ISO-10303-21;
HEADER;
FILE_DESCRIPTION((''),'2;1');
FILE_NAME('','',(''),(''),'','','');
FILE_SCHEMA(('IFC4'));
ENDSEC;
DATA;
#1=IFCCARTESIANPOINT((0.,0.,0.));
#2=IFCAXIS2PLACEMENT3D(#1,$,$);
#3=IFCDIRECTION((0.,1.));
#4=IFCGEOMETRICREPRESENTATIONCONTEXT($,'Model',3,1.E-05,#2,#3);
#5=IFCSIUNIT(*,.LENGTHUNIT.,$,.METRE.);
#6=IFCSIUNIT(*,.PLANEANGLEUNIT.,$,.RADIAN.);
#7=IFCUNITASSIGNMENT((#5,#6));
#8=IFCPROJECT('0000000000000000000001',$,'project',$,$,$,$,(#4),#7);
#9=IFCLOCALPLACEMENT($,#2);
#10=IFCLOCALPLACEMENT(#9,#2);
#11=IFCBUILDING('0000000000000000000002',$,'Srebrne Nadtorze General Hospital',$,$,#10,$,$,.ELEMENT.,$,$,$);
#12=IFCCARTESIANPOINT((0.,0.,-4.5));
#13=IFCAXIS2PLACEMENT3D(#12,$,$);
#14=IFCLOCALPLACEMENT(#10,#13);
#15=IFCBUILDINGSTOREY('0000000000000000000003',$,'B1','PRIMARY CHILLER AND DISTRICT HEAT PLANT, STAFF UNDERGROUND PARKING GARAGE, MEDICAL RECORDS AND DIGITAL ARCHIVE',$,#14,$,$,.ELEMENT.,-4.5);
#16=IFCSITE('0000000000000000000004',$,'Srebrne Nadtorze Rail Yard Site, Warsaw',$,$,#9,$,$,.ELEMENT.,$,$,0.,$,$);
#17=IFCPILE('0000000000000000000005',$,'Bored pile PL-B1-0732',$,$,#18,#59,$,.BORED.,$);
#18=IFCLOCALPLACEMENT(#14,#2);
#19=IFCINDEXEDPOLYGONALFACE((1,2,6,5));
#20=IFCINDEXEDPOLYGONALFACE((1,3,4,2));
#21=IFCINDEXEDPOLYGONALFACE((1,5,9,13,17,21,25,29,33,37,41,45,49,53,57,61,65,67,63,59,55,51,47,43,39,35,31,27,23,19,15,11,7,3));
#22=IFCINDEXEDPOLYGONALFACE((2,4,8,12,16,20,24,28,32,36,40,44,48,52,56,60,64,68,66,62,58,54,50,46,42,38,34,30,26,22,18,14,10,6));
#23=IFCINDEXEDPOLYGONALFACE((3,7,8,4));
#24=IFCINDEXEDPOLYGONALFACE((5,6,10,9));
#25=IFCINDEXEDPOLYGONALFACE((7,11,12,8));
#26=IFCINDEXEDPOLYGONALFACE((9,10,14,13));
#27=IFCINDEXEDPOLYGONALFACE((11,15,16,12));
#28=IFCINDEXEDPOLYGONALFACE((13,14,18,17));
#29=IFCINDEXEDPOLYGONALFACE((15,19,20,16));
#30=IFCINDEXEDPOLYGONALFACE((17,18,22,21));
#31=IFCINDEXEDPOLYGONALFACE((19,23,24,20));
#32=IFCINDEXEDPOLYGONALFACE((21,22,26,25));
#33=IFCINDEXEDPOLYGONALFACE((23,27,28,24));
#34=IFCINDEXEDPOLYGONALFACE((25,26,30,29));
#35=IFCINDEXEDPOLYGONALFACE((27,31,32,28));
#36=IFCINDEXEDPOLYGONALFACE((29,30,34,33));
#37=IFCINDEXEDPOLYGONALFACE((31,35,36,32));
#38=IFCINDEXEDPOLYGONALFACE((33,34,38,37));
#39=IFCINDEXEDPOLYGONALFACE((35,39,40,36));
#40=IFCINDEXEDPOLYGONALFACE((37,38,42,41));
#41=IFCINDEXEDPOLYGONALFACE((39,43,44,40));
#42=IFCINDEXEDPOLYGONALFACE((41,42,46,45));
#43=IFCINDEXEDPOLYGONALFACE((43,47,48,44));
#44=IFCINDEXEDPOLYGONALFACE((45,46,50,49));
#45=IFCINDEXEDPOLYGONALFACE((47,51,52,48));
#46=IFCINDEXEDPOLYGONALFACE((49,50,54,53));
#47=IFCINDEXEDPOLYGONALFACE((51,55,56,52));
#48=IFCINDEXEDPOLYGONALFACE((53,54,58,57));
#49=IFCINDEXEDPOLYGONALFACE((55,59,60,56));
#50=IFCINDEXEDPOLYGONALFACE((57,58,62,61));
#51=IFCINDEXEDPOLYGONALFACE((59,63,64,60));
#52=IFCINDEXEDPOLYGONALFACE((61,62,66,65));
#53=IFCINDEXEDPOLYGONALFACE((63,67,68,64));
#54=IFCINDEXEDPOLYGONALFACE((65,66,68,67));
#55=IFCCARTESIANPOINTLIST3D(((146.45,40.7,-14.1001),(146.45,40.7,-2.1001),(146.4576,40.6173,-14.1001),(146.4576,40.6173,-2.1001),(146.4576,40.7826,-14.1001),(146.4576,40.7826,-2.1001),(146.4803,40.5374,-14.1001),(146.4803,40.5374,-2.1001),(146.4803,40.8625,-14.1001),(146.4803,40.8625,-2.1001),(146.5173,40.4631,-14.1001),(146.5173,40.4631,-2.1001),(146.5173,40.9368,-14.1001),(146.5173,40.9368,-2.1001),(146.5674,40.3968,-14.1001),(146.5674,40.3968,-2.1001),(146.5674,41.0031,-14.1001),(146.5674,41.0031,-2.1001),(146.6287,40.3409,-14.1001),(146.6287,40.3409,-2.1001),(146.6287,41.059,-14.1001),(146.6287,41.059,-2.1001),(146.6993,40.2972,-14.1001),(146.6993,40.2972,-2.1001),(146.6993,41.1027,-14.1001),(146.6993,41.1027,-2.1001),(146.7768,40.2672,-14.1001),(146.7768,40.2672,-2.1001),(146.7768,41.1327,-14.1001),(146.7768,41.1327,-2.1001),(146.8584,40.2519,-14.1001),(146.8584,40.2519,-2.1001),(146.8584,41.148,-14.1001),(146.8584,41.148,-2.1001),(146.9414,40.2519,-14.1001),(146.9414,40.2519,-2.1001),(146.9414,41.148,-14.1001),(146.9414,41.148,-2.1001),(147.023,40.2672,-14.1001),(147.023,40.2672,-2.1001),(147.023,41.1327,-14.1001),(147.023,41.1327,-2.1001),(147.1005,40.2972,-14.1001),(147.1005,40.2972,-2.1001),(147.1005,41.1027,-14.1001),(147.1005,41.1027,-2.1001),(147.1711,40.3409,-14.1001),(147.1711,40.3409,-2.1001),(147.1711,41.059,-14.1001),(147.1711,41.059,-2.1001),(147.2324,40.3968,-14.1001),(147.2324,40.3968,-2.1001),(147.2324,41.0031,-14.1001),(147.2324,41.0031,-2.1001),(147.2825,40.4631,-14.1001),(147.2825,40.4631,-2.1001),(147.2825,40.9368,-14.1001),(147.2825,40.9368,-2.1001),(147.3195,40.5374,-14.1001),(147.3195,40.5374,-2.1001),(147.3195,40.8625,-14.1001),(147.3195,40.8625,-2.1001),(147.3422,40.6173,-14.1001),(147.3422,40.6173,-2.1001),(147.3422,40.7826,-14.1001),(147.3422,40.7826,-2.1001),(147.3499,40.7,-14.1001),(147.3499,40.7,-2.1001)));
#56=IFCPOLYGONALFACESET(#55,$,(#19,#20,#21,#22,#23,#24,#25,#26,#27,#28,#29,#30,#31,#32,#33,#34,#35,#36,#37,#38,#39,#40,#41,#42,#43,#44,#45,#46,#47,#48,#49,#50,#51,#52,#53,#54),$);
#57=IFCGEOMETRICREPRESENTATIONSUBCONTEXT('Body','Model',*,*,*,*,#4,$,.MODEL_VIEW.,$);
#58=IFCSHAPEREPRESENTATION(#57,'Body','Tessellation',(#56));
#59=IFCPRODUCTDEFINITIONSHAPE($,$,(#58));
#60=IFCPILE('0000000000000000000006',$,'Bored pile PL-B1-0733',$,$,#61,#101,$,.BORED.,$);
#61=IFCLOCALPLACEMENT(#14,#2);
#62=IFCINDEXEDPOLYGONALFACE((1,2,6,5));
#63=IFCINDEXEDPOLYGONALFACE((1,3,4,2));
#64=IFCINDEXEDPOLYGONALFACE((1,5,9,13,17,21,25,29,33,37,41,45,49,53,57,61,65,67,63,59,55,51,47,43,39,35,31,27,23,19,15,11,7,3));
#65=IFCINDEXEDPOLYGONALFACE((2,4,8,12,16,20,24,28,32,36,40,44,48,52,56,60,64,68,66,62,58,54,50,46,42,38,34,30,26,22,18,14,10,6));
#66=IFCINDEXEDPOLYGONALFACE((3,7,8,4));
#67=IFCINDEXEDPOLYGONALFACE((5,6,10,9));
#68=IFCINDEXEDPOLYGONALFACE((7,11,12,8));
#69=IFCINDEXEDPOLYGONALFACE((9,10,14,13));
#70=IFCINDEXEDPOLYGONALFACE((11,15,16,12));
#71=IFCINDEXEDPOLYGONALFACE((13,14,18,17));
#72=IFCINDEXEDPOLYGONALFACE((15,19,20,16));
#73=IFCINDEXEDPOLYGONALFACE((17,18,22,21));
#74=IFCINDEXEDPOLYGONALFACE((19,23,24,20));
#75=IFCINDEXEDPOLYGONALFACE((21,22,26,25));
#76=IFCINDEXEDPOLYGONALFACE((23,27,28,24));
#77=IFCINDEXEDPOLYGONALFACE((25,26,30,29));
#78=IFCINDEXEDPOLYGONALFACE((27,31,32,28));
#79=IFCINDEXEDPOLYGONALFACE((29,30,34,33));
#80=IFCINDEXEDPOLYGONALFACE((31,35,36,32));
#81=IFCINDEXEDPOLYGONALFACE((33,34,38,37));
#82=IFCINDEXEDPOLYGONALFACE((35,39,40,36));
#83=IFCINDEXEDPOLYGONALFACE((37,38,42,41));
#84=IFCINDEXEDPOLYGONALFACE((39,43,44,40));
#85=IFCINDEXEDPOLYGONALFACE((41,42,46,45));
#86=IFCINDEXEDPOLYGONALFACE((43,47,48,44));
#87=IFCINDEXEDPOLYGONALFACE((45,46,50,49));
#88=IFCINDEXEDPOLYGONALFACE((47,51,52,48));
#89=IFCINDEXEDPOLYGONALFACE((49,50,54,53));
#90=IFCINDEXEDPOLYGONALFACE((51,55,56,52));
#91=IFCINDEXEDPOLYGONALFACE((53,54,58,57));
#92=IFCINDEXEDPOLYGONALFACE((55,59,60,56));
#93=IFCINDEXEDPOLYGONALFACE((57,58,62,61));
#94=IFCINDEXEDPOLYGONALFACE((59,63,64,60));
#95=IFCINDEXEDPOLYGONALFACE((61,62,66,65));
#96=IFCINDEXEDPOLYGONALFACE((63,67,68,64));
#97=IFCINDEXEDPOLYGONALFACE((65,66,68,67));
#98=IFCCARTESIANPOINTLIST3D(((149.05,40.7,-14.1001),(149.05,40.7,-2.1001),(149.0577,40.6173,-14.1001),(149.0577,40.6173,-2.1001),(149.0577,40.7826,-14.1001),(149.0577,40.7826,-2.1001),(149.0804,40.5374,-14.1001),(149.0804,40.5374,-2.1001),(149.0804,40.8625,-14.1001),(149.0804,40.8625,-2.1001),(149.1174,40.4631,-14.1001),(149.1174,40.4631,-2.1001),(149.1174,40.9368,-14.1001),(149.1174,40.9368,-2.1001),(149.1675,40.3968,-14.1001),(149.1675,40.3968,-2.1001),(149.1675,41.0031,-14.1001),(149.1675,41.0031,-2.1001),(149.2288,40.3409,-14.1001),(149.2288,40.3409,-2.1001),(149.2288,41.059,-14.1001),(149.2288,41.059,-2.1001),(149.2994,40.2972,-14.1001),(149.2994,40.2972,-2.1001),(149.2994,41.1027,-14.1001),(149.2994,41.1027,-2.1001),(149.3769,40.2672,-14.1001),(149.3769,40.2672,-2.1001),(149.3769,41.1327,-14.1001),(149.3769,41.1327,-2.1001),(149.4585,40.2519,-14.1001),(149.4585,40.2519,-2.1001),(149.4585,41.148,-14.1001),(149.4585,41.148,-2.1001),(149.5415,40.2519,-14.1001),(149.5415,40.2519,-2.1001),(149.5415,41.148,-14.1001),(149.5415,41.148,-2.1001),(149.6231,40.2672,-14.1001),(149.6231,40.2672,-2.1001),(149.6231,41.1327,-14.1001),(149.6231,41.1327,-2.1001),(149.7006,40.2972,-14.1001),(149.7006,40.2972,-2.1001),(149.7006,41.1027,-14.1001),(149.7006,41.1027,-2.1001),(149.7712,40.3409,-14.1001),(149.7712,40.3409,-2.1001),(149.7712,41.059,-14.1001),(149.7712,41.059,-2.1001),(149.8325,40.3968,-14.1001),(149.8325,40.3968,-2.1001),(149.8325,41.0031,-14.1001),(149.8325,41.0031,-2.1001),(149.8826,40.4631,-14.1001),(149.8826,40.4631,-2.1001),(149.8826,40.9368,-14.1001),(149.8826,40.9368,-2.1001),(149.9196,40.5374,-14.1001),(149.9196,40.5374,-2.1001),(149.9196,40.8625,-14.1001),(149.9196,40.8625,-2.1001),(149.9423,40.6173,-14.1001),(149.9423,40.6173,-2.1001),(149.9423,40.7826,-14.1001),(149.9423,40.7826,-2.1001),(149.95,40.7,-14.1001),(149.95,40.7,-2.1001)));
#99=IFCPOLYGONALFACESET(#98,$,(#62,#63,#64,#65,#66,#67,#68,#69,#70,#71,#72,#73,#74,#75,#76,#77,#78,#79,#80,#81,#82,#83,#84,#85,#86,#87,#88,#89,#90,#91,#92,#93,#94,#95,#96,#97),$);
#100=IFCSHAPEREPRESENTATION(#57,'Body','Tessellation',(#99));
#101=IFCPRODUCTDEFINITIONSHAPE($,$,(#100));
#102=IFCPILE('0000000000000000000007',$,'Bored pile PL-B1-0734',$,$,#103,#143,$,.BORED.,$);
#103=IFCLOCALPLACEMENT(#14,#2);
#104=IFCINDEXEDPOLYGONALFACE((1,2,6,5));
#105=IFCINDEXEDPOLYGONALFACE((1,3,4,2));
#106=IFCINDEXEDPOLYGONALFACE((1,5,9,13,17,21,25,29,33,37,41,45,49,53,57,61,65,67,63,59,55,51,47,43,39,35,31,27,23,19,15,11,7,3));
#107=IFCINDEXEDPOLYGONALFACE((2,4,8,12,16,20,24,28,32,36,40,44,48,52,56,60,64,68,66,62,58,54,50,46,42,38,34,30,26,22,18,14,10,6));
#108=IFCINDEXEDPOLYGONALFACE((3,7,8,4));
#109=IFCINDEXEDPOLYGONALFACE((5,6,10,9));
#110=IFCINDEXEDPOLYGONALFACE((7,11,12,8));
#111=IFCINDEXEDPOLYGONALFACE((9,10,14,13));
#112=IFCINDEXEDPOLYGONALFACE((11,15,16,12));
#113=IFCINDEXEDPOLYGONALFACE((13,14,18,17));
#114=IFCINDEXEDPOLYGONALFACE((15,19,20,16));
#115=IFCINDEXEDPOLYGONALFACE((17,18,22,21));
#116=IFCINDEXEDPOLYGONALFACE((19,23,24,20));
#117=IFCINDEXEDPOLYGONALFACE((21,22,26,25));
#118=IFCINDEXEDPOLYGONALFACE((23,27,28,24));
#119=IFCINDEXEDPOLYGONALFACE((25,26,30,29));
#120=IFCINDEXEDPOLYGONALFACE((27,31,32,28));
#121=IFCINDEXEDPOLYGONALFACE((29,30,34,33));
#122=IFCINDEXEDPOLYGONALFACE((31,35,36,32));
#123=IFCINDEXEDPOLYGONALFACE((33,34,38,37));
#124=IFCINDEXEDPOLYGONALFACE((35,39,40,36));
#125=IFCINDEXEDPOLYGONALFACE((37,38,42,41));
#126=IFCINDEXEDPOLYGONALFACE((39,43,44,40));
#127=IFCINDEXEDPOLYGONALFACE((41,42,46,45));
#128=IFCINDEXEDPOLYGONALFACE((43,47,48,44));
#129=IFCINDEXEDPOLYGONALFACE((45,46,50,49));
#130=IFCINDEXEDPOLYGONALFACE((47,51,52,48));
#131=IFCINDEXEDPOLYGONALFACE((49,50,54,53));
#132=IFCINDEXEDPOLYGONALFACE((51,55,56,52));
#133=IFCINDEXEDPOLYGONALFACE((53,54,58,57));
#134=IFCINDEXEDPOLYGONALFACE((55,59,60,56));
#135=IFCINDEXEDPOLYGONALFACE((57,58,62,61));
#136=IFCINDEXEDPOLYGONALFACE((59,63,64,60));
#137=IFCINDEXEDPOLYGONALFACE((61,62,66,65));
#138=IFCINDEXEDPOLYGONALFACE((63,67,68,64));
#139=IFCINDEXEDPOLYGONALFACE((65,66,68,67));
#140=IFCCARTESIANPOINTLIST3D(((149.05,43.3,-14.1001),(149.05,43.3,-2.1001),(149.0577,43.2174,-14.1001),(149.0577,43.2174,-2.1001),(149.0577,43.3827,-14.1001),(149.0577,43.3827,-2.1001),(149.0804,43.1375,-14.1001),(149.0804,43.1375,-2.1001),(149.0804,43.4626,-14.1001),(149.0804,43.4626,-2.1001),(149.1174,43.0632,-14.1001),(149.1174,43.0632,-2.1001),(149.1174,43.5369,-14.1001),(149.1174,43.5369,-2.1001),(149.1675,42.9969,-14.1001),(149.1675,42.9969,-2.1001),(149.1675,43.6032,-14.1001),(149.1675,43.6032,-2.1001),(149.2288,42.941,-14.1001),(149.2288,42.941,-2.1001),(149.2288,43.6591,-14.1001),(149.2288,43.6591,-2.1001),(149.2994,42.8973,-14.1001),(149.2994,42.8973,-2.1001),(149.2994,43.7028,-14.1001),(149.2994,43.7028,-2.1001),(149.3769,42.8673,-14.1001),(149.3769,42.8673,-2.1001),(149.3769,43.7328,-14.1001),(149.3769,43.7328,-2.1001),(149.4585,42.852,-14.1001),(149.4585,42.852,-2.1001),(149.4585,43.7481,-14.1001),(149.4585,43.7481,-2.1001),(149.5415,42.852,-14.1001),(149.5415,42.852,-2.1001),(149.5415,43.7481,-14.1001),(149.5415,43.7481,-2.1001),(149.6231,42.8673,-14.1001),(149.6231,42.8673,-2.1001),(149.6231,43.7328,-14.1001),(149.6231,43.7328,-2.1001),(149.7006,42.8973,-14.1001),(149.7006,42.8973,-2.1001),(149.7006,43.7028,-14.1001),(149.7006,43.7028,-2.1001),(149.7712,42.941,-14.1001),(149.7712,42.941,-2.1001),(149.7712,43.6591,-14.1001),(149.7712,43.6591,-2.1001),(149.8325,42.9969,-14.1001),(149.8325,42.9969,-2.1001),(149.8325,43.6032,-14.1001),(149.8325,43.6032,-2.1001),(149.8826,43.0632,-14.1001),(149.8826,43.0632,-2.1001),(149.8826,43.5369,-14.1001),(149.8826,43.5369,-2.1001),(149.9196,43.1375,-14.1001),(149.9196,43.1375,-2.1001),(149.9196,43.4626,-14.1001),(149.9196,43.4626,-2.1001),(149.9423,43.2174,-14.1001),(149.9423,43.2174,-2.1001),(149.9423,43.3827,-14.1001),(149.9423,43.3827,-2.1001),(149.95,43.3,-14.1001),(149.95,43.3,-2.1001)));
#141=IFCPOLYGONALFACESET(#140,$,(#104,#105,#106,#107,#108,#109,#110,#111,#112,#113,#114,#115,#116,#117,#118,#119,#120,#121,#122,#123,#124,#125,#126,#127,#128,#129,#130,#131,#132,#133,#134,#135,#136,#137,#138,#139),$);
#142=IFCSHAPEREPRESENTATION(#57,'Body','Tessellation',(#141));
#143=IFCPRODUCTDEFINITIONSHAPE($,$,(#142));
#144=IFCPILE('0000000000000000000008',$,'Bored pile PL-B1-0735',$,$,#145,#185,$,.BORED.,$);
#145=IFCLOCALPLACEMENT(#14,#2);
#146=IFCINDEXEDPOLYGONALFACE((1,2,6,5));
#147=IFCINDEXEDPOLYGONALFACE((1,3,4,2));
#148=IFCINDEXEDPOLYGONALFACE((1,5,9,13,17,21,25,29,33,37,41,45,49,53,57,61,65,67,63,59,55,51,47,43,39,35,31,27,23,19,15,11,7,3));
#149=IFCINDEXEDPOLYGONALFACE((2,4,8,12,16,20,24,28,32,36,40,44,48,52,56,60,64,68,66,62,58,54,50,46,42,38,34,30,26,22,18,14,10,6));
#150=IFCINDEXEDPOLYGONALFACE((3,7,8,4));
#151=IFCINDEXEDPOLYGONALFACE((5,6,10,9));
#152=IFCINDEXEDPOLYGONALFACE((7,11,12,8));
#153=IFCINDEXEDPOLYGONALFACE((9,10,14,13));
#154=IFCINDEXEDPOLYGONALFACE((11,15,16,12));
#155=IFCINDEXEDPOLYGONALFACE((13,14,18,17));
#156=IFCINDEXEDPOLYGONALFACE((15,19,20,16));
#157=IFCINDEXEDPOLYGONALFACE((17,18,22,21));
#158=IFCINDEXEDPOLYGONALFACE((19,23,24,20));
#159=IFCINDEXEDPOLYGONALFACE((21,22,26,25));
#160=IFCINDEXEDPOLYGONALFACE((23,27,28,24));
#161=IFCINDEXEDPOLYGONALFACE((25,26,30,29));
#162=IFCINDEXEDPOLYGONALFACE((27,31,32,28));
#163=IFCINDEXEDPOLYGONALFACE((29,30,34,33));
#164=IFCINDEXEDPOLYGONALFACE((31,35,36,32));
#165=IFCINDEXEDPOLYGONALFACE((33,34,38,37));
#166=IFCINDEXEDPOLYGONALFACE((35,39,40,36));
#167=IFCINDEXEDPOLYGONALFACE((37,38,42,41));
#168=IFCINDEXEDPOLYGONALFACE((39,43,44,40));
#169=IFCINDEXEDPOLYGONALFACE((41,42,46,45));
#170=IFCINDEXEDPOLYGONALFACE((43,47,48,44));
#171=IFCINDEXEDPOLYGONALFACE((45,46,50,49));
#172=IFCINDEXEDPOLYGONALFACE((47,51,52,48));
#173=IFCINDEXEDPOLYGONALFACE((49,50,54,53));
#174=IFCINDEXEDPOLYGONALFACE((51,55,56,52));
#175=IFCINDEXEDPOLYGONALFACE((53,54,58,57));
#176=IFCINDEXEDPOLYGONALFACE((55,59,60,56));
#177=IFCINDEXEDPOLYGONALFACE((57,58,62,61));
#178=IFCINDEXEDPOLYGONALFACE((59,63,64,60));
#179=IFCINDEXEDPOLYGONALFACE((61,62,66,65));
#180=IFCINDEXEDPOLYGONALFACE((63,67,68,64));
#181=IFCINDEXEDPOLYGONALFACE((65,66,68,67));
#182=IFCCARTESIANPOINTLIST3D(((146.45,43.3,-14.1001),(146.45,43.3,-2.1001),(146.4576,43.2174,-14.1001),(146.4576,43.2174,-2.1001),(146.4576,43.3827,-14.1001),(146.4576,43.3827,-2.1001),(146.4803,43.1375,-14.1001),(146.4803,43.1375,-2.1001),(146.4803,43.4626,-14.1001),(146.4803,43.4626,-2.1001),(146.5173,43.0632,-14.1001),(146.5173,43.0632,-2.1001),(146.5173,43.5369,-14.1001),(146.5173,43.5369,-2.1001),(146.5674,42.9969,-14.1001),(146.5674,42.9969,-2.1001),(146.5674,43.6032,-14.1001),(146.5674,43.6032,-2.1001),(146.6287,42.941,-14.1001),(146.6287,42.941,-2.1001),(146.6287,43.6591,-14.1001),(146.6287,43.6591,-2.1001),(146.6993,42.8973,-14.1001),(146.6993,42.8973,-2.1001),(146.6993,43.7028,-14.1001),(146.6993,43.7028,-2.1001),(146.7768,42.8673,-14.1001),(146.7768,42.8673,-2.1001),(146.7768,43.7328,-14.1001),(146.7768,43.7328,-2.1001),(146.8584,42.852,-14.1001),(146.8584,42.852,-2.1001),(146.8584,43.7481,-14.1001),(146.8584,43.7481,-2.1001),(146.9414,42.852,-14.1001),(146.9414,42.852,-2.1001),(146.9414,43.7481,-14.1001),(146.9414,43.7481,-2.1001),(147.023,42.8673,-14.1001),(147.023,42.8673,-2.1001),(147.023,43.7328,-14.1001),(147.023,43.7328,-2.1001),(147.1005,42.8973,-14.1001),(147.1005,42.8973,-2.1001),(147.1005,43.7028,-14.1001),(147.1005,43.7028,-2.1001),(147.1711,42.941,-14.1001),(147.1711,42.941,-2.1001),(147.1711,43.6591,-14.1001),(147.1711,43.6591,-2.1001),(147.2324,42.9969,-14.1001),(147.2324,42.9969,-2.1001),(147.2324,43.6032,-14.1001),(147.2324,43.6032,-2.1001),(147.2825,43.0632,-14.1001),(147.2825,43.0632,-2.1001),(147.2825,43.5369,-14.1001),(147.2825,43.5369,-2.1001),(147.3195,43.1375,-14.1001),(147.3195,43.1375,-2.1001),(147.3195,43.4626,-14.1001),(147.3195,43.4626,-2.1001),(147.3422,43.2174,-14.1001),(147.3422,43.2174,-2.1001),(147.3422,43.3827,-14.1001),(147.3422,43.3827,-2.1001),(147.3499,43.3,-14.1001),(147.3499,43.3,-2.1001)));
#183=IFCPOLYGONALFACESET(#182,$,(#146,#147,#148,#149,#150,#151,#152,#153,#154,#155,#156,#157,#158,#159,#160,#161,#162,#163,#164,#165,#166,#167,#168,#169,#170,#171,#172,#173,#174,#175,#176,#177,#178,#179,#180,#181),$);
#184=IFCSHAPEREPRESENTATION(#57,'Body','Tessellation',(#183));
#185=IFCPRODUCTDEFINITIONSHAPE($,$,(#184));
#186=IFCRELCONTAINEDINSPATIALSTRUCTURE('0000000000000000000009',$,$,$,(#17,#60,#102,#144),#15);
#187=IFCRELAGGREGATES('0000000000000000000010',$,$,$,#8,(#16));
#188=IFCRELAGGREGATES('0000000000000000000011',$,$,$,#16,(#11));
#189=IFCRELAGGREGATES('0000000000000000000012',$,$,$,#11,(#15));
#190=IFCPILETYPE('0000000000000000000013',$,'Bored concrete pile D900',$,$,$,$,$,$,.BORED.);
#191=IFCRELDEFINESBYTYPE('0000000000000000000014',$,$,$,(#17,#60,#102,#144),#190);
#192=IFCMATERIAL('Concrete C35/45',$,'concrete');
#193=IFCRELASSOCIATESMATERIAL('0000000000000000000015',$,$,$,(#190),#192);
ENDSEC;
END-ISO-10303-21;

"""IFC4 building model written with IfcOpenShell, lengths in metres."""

from ifc_helpers import new_model, si_unit, direction, frame, origin, origin_2d, place, context, subcontext, project, spatial, circle, extrude, material, material_profile, profile_set, type_object, element, save


model = new_model("IFC4")

# Units and contexts
model_context = context("Model", 3, precision=1e-05, world=origin(), true_north=direction((0.0, 1.0)))
body_context = subcontext(model_context, "Body", "Model", "MODEL_VIEW")
ifc_project = project(units=[si_unit("LENGTHUNIT", "METRE"), si_unit("PLANEANGLEUNIT", "RADIAN")], contexts=[model_context])

# Site, building, storey
site_placement = place(None, origin())
site = spatial("IfcSite", under=ifc_project, at=site_placement, Name="Srebrne Nadtorze Rail Yard Site, Warsaw", CompositionType="ELEMENT", RefElevation=0.0)
building_placement = place(site_placement, origin())
building = spatial("IfcBuilding", under=site, at=building_placement, Name="Srebrne Nadtorze General Hospital", CompositionType="ELEMENT")
storey_placement = place(building_placement, frame((0.0, 0.0, -4.5)))
storey = spatial("IfcBuildingStorey", under=building, at=storey_placement, Name="B1", Description="PRIMARY CHILLER AND DISTRICT HEAT PLANT, STAFF UNDERGROUND PARKING GARAGE, MEDICAL RECORDS AND DIGITAL ARCHIVE", CompositionType="ELEMENT", Elevation=-4.5)

# Piles
ifc_material_1 = material(Name="Concrete C35/45", Category="concrete")
ifc_material_profile_1 = material_profile(ifc_material_1, circle(Radius=0.45, at=origin_2d()), Name="PILE-D900")
ifc_profile_set_1 = profile_set([ifc_material_profile_1], Name="Concrete C35/45")
pile_type_1 = type_object("IfcPileType", Name="Bored concrete pile D900", PredefinedType="BORED", material=ifc_profile_set_1)
for number, where, z_axis, x_axis, name in (
    (1, (146.8999, 40.7, -2.1001), (0.0, 0.0, -1.0), (1.0, 0.0, 0.0), "Bored pile PL-B1-0732"),
    (2, (149.5, 40.7, -2.1001), (0.0, 0.0, -1.0), (1.0, 0.0, 0.0), "Bored pile PL-B1-0733"),
    (3, (149.5, 43.3, -2.1001), (0.0, 0.0, -1.0), (1.0, 0.0, 0.0), "Bored pile PL-B1-0734"),
    (4, (146.8999, 43.3, -2.1001), (0.0, 0.0, -1.0), (1.0, 0.0, 0.0), "Bored pile PL-B1-0735"),
):
    element("IfcPile", number, at=place(storey_placement, frame(where, z_axis=z_axis, x_axis=x_axis)), inside=storey, type_object=pile_type_1, Name=name, PredefinedType="BORED", context=body_context, shape_type="SweptSolid", body=[
        extrude(circle(Radius=0.45, at=origin_2d()), origin(), (0.0, 0.0, 1.0), 12.0),
    ])

save(model, "model.ifc")
